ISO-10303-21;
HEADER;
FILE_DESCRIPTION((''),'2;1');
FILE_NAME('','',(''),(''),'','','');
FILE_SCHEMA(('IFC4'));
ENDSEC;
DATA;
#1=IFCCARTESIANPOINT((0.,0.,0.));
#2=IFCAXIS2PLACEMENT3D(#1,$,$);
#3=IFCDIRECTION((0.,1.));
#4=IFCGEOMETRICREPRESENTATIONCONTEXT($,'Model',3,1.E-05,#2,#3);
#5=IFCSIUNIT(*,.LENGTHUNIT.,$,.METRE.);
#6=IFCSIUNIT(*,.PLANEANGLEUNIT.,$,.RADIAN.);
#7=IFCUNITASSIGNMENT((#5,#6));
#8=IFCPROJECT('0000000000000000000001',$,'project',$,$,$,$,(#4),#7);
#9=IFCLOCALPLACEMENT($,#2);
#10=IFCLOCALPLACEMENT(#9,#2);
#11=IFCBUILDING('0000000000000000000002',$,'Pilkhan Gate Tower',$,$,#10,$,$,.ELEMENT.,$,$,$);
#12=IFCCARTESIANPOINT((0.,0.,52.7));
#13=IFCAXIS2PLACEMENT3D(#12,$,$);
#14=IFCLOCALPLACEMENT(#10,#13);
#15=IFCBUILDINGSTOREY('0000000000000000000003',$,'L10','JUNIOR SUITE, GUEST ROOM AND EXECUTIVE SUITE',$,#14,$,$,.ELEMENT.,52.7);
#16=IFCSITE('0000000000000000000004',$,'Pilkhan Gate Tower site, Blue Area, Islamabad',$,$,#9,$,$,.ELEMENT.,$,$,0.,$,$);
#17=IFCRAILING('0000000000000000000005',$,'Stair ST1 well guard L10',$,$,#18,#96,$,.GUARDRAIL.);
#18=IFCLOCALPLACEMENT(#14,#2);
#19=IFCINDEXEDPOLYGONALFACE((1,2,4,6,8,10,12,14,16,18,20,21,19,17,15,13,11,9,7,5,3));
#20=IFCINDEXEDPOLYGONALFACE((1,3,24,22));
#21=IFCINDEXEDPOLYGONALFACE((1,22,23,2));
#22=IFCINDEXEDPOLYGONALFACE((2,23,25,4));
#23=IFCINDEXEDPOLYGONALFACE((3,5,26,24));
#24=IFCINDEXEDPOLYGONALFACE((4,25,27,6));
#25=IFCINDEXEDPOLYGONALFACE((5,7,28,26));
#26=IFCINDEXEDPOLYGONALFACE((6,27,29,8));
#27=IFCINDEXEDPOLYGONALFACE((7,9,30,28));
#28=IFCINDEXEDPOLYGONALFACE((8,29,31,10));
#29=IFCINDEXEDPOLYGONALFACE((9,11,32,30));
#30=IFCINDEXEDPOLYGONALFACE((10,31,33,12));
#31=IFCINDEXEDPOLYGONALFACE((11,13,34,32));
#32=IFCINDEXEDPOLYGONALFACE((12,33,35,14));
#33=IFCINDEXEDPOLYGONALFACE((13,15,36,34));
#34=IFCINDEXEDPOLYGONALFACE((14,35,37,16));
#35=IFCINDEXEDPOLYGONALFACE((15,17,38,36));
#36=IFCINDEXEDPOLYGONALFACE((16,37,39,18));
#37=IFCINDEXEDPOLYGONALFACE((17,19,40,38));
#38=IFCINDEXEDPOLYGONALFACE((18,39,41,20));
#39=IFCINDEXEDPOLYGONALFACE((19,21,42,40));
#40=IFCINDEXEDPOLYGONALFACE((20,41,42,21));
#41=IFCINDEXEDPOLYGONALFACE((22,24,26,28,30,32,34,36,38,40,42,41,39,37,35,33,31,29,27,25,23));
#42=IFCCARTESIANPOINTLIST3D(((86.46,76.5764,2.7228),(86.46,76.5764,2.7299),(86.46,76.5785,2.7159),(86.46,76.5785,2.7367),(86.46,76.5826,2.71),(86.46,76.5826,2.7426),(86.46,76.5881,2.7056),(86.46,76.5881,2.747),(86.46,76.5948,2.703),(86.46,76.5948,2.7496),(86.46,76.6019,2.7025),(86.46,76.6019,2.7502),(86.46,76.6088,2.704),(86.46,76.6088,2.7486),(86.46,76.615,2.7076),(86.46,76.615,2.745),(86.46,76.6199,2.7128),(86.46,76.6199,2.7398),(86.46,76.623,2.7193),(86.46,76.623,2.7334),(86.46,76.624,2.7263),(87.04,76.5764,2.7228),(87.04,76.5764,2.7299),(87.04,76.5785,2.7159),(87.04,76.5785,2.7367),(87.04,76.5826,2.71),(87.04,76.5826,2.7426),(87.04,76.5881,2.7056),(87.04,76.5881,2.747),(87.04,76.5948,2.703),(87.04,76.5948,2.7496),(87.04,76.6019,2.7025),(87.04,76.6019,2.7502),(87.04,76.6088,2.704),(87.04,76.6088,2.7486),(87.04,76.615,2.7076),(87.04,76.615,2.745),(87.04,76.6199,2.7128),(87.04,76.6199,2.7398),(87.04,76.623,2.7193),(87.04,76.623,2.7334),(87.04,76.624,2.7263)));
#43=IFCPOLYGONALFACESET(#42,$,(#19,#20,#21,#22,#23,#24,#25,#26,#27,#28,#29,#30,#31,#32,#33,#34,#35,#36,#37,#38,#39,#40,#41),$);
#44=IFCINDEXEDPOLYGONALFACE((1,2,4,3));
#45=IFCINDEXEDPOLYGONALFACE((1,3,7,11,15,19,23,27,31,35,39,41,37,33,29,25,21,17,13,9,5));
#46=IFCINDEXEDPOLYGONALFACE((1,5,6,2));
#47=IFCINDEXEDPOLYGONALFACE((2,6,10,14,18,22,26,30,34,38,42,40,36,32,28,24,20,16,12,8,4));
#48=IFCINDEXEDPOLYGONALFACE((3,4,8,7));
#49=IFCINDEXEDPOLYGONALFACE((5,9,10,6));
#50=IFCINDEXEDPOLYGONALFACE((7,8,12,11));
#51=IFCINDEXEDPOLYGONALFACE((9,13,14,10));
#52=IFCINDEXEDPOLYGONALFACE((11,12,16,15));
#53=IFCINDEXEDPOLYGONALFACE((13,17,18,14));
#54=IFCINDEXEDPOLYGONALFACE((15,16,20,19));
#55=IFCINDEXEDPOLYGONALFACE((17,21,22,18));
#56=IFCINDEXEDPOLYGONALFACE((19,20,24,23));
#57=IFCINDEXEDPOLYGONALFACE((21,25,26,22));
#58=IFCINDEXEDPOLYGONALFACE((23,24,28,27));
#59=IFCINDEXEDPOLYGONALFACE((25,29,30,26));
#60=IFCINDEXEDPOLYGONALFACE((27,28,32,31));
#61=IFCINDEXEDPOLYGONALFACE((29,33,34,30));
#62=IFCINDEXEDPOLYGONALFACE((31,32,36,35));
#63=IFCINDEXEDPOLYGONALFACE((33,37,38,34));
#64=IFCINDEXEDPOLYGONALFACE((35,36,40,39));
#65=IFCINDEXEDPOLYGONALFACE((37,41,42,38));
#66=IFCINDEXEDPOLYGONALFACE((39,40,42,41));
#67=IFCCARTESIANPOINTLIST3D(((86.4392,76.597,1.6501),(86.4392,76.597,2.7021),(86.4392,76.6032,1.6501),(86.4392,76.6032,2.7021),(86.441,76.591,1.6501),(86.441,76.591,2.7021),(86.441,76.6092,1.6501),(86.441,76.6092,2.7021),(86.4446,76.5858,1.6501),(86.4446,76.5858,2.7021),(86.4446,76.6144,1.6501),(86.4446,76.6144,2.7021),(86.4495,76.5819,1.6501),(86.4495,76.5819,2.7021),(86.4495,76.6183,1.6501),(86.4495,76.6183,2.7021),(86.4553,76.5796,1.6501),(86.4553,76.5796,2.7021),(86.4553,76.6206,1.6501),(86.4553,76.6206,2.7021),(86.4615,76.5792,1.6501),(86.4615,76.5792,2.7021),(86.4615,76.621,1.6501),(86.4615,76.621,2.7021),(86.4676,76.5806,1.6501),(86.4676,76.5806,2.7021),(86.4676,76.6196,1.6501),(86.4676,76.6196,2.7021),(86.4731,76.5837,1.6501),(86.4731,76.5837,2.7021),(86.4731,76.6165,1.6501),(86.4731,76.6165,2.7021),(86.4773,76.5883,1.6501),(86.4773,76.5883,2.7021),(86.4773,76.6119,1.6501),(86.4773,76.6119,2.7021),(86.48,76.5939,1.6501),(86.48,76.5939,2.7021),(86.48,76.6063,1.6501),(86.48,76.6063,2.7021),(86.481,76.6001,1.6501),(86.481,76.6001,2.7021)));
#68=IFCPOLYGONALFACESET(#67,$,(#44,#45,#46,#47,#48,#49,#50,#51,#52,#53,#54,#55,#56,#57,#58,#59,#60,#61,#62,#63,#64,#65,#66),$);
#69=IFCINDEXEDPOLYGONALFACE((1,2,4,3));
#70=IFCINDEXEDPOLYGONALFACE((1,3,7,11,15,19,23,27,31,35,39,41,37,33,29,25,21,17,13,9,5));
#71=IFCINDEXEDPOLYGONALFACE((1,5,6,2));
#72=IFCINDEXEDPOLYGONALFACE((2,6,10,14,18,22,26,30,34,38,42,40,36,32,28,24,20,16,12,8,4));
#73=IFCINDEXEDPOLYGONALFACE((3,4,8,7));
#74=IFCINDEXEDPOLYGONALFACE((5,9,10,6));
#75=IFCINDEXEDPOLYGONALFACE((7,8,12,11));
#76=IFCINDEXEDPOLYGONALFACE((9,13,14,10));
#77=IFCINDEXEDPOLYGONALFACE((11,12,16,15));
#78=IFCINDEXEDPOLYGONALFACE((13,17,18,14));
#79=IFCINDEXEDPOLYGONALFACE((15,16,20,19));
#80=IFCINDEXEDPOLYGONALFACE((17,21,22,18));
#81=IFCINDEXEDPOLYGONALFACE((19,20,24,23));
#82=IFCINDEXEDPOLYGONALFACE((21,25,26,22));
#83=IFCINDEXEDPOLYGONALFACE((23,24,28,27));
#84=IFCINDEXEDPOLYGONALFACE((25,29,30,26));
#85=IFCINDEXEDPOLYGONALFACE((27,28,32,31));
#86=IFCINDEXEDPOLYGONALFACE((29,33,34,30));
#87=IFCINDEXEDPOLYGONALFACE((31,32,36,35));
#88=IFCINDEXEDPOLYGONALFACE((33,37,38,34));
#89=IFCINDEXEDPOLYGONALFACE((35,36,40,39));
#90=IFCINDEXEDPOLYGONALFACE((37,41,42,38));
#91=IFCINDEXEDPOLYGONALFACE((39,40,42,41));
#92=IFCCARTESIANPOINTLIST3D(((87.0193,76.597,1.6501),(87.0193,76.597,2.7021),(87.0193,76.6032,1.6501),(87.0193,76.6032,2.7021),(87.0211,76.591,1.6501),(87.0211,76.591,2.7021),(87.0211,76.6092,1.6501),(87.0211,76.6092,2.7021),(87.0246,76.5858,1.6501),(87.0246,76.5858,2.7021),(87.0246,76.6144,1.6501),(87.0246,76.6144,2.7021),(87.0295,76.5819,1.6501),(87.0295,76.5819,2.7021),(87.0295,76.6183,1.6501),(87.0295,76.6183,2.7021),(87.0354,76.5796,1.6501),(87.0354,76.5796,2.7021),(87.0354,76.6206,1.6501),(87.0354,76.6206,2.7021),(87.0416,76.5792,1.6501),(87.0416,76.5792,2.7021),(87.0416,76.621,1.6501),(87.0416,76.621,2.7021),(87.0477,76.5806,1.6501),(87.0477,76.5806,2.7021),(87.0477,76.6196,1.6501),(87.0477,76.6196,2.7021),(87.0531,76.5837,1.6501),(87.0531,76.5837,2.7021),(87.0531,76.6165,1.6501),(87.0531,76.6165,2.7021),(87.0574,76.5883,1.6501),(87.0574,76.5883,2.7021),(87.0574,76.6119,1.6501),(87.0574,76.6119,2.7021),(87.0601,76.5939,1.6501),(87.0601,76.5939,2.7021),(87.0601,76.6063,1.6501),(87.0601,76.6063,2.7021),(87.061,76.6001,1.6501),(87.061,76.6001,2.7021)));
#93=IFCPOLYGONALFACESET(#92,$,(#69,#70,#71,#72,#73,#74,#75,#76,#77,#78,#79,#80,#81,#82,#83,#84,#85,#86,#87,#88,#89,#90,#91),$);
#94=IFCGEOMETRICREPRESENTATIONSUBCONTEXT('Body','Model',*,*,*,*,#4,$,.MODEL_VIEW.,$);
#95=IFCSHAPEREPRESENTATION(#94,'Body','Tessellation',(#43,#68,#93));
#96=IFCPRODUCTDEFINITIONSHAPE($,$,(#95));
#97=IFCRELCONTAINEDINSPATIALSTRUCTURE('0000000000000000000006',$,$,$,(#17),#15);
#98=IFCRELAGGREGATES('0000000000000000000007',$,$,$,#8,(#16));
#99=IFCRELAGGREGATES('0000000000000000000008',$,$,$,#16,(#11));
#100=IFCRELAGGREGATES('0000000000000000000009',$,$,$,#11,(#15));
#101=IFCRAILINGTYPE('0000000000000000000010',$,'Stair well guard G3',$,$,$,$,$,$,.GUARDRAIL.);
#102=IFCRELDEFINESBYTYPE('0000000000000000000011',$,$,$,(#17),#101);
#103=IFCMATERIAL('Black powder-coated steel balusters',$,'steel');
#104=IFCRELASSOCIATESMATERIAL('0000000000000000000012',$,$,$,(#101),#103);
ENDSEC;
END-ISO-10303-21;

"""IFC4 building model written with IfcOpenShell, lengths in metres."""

from ifc_helpers import new_model, si_unit, direction, frame, origin, origin_2d, place, context, subcontext, project, spatial, circle, extrude, material, type_object, element, save


model = new_model("IFC4")

# Units and contexts
model_context = context("Model", 3, precision=1e-05, world=origin(), true_north=direction((0.0, 1.0)))
body_context = subcontext(model_context, "Body", "Model", "MODEL_VIEW")
ifc_project = project(units=[si_unit("LENGTHUNIT", "METRE"), si_unit("PLANEANGLEUNIT", "RADIAN")], contexts=[model_context])

# Site, building, storey
site_placement = place(None, origin())
site = spatial("IfcSite", under=ifc_project, at=site_placement, Name="Pilkhan Gate Tower site, Blue Area, Islamabad", CompositionType="ELEMENT", RefElevation=0.0)
building_placement = place(site_placement, origin())
building = spatial("IfcBuilding", under=site, at=building_placement, Name="Pilkhan Gate Tower", CompositionType="ELEMENT")
storey_placement = place(building_placement, frame((0.0, 0.0, 52.7)))
storey = spatial("IfcBuildingStorey", under=building, at=storey_placement, Name="L10", Description="JUNIOR SUITE, GUEST ROOM AND EXECUTIVE SUITE", CompositionType="ELEMENT", Elevation=52.7)

# Railing
ifc_material_1 = material(Name="Black powder-coated steel balusters", Category="steel")
railing_type_1 = type_object("IfcRailingType", Name="Stair well guard G3", PredefinedType="GUARDRAIL", material=ifc_material_1)
for number, where, name in (
    (1, (86.46, 76.6001, 1.6501), "Stair ST1 well guard L10"),
):
    element("IfcRailing", number, at=place(storey_placement, frame(where)), inside=storey, type_object=railing_type_1, Name=name, PredefinedType="GUARDRAIL", context=body_context, shape_type="SweptSolid", body=[
        extrude(circle(Radius=0.0239, at=origin_2d()), frame((0.0, 0.0, 1.0762), z_axis=(1.0, 0.0, 0.0), x_axis=(0.0, 1.0, 0.0)), (0.0, 0.0, 1.0), 0.5801),
        extrude(circle(Radius=0.021, at=origin_2d()), origin(), (0.0, 0.0, 1.0), 1.052),
        extrude(circle(Radius=0.021, at=origin_2d()), frame((0.5801, 0.0, 0.0)), (0.0, 0.0, 1.0), 1.052),
    ])

save(model, "model.ifc")
